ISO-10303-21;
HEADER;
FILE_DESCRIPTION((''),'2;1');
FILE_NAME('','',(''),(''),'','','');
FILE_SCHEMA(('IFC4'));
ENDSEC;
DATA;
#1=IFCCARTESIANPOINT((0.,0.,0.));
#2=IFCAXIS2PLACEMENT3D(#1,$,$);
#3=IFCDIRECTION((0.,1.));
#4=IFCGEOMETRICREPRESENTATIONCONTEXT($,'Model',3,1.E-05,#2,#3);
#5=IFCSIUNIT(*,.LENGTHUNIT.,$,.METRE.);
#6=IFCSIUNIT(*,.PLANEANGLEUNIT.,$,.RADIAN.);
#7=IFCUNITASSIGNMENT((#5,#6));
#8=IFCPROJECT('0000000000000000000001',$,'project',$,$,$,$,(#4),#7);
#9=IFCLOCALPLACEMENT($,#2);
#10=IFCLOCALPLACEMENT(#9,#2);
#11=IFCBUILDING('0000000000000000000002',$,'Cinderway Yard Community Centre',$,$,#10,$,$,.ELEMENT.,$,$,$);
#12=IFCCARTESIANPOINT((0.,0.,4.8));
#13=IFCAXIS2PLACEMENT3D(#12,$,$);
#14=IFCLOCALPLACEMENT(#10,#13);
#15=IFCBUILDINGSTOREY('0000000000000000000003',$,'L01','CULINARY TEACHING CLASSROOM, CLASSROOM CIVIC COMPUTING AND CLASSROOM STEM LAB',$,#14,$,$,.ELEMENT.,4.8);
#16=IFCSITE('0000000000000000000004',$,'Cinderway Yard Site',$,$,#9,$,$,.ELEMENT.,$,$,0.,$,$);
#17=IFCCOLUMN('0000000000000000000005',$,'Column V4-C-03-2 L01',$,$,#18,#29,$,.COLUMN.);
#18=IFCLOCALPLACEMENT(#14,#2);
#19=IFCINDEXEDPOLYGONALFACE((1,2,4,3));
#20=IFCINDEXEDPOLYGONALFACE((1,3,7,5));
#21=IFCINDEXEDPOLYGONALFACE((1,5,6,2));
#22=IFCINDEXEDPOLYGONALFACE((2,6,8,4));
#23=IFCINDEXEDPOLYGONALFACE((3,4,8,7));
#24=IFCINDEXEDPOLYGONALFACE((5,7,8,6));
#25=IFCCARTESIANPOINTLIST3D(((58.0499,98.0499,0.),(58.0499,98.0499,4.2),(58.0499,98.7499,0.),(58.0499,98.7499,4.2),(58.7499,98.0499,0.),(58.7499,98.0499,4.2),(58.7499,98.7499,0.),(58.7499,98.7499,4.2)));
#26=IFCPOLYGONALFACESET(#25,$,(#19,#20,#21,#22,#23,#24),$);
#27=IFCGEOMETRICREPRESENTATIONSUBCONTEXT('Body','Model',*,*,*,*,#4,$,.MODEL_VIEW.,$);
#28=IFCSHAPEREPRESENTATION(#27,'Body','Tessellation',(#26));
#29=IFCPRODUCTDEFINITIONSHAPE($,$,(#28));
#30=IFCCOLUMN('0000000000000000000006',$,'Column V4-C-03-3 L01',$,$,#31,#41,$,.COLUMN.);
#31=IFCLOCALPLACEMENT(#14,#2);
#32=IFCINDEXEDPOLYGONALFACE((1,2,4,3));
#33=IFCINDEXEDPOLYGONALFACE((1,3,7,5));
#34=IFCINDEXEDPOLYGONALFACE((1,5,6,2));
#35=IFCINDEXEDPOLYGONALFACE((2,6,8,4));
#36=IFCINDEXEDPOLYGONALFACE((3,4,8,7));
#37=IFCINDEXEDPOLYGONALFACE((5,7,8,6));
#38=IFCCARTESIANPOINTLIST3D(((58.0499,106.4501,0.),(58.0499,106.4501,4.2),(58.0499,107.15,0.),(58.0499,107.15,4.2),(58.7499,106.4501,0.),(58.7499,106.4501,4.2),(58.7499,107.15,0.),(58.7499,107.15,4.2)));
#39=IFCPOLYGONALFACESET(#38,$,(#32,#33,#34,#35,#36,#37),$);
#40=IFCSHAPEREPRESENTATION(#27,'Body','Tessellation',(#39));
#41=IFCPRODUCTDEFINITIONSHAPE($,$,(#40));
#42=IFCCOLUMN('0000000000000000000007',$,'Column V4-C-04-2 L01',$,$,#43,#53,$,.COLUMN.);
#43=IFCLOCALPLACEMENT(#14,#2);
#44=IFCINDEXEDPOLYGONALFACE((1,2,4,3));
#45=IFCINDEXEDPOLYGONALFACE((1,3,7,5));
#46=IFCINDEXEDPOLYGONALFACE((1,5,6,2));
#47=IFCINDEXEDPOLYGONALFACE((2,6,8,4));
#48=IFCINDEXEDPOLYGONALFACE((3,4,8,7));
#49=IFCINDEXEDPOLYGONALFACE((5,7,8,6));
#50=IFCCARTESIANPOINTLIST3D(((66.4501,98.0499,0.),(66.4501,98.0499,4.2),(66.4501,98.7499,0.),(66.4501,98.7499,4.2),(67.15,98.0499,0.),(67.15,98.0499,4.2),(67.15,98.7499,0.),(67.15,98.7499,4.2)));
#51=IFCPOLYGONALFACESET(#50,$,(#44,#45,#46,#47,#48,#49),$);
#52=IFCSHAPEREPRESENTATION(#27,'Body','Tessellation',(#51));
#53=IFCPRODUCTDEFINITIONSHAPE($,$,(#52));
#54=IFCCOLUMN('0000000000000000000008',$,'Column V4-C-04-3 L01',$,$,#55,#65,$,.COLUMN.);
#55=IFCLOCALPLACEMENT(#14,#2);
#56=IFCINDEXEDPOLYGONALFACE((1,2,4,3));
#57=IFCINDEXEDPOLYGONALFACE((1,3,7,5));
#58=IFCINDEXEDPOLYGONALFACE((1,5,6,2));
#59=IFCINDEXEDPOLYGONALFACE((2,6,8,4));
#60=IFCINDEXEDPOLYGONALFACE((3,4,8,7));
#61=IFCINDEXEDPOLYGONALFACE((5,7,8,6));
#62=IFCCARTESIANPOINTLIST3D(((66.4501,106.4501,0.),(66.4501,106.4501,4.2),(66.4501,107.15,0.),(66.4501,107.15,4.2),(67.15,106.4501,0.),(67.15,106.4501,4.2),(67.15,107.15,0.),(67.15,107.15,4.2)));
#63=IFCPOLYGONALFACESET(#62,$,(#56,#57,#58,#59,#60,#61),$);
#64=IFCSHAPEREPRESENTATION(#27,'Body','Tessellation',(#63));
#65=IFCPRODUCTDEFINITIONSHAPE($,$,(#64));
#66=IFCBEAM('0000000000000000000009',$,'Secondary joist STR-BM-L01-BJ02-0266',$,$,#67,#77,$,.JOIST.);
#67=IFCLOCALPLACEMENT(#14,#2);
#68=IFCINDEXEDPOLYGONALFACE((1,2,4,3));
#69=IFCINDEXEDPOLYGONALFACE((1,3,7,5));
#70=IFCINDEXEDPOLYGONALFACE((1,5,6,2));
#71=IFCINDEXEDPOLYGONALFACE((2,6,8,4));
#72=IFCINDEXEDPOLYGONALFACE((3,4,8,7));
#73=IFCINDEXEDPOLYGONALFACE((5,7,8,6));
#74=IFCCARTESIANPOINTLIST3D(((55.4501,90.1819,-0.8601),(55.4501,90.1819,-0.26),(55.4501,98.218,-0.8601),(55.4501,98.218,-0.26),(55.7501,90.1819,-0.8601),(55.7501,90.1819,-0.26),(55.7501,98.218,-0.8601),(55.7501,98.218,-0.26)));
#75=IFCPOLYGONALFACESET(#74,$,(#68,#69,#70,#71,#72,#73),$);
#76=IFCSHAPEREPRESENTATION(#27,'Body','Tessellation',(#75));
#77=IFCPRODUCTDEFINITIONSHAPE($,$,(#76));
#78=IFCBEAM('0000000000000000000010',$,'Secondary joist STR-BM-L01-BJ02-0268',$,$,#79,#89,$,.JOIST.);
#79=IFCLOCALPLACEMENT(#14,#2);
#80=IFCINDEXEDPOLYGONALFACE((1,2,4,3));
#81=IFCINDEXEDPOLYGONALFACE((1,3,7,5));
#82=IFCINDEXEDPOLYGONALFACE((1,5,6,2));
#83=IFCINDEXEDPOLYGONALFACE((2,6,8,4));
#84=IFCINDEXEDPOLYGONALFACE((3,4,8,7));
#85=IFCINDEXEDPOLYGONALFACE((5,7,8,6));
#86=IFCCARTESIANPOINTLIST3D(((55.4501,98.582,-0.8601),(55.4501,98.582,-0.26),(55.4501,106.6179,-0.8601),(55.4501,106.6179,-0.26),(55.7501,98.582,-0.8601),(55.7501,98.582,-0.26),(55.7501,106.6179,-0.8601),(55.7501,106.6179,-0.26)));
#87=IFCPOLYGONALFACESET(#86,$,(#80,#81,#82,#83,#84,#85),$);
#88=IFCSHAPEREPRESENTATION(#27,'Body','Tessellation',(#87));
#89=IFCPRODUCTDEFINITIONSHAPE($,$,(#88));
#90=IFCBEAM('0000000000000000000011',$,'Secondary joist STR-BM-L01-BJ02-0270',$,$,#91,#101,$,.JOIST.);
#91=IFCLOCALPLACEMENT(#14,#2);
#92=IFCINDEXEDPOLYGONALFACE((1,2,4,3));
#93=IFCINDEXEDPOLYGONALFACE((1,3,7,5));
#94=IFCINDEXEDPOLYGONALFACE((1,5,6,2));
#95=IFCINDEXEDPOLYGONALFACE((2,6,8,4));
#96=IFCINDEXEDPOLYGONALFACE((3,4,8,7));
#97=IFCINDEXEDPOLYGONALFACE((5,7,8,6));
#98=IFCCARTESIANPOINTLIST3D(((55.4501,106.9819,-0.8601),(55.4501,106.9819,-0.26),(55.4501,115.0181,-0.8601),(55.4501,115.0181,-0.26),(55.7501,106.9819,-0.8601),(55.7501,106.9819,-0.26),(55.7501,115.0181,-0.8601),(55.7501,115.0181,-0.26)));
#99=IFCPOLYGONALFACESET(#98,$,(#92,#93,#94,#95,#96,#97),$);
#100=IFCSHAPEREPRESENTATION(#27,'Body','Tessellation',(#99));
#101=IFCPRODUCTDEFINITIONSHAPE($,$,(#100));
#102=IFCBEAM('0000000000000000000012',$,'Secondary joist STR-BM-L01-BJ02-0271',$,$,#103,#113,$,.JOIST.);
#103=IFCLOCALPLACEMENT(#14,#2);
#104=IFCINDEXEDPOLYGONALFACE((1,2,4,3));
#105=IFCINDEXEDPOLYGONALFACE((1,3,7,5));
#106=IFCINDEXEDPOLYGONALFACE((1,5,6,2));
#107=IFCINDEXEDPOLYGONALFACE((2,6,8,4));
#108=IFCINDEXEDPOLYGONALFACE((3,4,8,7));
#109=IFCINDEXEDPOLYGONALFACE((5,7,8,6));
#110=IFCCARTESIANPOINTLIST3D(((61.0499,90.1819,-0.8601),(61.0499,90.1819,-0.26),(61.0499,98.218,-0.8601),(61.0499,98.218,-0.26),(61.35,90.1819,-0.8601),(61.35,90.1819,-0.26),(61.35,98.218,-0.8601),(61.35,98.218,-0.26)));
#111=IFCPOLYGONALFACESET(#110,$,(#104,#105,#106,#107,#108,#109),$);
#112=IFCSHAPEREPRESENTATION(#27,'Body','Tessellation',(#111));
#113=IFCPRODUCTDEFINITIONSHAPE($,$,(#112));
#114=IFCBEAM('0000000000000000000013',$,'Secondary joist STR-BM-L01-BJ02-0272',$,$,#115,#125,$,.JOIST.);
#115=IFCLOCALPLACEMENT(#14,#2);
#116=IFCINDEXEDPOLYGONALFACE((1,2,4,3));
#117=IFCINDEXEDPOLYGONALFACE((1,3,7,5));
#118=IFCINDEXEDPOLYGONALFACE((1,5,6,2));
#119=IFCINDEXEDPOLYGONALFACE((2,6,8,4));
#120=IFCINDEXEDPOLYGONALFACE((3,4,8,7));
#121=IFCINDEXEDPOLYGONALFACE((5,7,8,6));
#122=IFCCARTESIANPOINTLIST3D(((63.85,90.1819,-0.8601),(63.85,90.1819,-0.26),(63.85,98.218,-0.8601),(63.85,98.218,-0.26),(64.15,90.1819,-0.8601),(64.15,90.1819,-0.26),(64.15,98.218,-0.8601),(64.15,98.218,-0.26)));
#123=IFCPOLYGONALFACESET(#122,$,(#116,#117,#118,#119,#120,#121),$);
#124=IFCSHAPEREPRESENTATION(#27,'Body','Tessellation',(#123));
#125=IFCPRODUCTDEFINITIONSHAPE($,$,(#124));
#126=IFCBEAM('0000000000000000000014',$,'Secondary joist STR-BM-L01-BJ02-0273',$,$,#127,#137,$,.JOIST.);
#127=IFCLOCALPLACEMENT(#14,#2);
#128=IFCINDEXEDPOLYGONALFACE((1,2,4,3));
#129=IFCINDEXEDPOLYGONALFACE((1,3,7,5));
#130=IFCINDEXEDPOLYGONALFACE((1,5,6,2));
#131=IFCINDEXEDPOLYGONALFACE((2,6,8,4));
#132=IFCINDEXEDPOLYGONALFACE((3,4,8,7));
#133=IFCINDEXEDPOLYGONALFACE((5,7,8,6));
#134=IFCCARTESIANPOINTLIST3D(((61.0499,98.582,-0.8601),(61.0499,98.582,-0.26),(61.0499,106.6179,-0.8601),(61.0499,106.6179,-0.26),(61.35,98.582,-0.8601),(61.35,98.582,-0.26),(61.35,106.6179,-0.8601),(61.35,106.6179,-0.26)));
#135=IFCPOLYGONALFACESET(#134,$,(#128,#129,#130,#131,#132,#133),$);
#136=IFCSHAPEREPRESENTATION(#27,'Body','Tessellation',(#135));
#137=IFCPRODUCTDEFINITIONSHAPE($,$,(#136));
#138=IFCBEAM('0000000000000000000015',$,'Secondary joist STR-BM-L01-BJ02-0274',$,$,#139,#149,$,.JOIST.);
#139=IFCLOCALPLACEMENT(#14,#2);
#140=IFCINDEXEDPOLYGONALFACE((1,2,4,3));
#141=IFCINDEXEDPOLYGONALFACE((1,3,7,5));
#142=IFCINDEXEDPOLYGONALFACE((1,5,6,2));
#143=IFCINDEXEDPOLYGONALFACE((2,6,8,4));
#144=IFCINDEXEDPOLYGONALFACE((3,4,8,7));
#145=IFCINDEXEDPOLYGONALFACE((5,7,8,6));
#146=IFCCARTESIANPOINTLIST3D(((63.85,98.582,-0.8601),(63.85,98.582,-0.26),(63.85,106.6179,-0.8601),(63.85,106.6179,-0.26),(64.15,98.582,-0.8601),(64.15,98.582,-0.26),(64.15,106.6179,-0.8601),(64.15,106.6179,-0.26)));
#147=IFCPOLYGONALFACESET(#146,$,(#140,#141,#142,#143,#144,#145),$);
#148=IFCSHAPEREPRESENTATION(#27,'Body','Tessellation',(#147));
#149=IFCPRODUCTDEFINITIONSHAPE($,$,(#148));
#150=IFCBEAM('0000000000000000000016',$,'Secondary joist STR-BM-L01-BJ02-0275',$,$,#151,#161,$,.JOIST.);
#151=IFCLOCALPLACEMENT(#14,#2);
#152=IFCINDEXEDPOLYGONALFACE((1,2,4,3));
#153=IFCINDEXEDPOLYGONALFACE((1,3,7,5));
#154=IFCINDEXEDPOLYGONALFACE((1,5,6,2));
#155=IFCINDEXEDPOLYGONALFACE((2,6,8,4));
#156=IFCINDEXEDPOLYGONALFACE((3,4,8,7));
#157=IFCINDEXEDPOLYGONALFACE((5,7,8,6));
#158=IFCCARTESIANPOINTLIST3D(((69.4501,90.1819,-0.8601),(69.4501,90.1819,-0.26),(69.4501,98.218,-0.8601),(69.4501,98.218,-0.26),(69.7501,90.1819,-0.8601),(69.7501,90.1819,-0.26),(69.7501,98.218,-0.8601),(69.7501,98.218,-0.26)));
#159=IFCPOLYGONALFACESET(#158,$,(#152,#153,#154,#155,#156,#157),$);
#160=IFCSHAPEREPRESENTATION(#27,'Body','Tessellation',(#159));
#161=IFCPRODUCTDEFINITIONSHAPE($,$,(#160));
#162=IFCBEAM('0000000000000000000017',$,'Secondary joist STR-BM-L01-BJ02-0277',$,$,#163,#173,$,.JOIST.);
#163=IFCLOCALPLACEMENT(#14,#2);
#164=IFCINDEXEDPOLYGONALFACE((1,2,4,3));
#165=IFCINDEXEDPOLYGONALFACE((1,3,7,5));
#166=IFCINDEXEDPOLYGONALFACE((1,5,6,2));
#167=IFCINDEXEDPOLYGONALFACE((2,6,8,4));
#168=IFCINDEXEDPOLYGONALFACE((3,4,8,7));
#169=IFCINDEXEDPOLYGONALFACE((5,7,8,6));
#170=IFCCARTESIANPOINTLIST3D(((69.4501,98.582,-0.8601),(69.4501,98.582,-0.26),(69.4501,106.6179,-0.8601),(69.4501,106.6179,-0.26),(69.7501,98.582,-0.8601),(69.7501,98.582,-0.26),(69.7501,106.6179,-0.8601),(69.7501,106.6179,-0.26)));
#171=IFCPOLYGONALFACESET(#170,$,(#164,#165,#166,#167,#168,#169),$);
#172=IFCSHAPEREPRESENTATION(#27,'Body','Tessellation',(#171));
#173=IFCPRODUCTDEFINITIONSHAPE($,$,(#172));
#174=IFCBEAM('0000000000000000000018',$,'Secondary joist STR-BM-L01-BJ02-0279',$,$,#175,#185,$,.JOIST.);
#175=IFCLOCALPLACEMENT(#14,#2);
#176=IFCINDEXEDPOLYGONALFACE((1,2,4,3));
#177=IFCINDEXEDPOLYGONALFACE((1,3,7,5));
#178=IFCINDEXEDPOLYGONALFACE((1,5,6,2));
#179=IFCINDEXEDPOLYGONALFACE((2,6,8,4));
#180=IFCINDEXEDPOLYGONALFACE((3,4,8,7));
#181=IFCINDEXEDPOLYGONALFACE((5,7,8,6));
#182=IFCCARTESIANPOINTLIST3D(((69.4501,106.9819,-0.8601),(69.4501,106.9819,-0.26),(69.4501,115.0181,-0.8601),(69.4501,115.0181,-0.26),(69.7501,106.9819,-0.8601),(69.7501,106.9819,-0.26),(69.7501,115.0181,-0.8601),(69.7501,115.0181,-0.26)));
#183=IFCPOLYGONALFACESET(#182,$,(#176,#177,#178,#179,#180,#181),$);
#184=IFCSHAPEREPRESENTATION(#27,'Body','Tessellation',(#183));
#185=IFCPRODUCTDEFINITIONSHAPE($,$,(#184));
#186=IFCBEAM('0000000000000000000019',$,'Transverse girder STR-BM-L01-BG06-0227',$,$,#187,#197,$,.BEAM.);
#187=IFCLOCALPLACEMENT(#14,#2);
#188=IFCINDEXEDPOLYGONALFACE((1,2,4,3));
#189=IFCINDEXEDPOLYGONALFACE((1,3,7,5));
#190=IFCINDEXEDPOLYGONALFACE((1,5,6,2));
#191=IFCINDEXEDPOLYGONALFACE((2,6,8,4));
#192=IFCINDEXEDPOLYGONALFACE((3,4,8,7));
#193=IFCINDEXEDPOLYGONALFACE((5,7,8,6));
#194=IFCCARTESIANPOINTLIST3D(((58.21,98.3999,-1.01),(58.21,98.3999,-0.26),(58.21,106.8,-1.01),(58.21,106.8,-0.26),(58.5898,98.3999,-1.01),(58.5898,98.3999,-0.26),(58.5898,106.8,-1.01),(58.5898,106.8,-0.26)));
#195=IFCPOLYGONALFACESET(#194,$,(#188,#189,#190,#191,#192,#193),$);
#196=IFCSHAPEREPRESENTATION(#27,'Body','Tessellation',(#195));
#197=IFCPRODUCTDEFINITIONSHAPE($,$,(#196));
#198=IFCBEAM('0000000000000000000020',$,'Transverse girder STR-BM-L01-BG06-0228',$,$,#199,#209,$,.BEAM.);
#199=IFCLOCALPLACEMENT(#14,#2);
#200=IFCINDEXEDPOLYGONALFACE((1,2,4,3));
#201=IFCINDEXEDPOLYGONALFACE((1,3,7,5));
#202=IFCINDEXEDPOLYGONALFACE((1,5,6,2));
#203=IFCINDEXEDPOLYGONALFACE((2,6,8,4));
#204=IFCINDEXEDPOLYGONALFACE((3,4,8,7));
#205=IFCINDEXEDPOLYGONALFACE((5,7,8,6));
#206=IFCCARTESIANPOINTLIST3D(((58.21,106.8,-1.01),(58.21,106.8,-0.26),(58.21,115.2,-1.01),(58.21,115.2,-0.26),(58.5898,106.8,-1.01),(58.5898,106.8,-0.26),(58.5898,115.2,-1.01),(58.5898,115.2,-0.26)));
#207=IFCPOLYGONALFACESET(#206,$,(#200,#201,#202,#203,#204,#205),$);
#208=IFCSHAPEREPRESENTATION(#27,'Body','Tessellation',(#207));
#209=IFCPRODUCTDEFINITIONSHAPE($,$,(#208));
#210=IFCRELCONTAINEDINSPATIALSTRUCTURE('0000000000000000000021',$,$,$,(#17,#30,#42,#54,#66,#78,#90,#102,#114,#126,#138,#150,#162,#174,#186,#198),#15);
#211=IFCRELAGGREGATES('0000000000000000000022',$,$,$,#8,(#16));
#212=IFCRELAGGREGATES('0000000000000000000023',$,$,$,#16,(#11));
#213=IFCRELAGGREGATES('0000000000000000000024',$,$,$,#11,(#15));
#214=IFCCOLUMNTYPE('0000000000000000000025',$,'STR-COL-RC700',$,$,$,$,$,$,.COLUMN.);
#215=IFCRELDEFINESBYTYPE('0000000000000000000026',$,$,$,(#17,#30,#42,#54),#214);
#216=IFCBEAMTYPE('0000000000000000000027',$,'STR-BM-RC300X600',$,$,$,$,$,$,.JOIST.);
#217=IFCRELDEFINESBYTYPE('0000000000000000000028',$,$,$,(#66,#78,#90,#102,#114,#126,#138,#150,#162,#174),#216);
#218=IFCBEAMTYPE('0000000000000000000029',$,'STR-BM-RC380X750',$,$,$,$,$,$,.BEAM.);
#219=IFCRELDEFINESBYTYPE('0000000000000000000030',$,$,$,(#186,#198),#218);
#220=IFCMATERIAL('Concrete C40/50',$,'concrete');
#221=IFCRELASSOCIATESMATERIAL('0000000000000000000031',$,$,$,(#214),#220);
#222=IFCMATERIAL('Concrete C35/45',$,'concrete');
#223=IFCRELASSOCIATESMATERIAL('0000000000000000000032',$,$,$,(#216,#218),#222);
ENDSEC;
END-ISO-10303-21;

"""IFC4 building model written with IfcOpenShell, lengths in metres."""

from ifc_helpers import new_model, si_unit, direction, frame, origin, origin_2d, place, context, subcontext, project, spatial, rectangle, extrude, material, material_profile, profile_set, type_object, element, save


model = new_model("IFC4")

# Units and contexts
model_context = context("Model", 3, precision=1e-05, world=origin(), true_north=direction((0.0, 1.0)))
body_context = subcontext(model_context, "Body", "Model", "MODEL_VIEW")
ifc_project = project(units=[si_unit("LENGTHUNIT", "METRE"), si_unit("PLANEANGLEUNIT", "RADIAN")], contexts=[model_context])

# Site, building, storey
site_placement = place(None, origin())
site = spatial("IfcSite", under=ifc_project, at=site_placement, Name="Cinderway Yard Site", CompositionType="ELEMENT", RefElevation=0.0)
building_placement = place(site_placement, origin())
building = spatial("IfcBuilding", under=site, at=building_placement, Name="Cinderway Yard Community Centre", CompositionType="ELEMENT")
storey_placement = place(building_placement, frame((0.0, 0.0, 4.8)))
storey = spatial("IfcBuildingStorey", under=building, at=storey_placement, Name="L01", Description="CULINARY TEACHING CLASSROOM, CLASSROOM CIVIC COMPUTING AND CLASSROOM STEM LAB", CompositionType="ELEMENT", Elevation=4.8)

# Columns
ifc_material_1 = material(Name="Concrete C40/50", Category="concrete")
ifc_material_profile_1 = material_profile(ifc_material_1, rectangle(XDim=0.7, YDim=0.7, at=origin_2d()), Name="Concrete C40/50")
ifc_profile_set_1 = profile_set([ifc_material_profile_1], Name="Concrete C40/50")
column_type = type_object("IfcColumnType", Name="STR-COL-RC700", PredefinedType="COLUMN", material=ifc_profile_set_1)
for number, where, z_axis, x_axis, name in (
    (1, (58.3999, 98.3999, 0.0), (0.0, 0.0, 1.0), (1.0, 0.0, 0.0), "Column V4-C-03-2 L01"),
    (2, (58.3999, 106.8, 0.0), (0.0, 0.0, 1.0), (1.0, 0.0, 0.0), "Column V4-C-03-3 L01"),
    (3, (66.8, 98.3999, 0.0), (0.0, 0.0, 1.0), (1.0, 0.0, 0.0), "Column V4-C-04-2 L01"),
    (4, (66.8, 106.8, 0.0), (0.0, 0.0, 1.0), (1.0, 0.0, 0.0), "Column V4-C-04-3 L01"),
):
    element("IfcColumn", number, at=place(storey_placement, frame(where, z_axis=z_axis, x_axis=x_axis)), inside=storey, type_object=column_type, Name=name, PredefinedType="COLUMN", context=body_context, shape_type="SweptSolid", body=[
        extrude(rectangle(XDim=0.7, YDim=0.7, at=origin_2d()), origin(), (0.0, 0.0, 1.0), 4.2),
    ])

# Beams
ifc_material_2 = material(Name="Concrete C35/45", Category="concrete")
ifc_material_profile_2 = material_profile(ifc_material_2, rectangle(XDim=0.3, YDim=0.6001, at=origin_2d()), Name="Concrete C35/45")
ifc_profile_set_2 = profile_set([ifc_material_profile_2], Name="Concrete C35/45")
beam_type_1 = type_object("IfcBeamType", Name="STR-BM-RC300X600", PredefinedType="JOIST", material=ifc_profile_set_2)
beam_1_placement = place(storey_placement, frame((55.6001, 90.1819, -0.5601), z_axis=(0.0, 1.0, 0.0), x_axis=(-1.0, 0.0, 0.0)))
element("IfcBeam", 5, at=beam_1_placement, inside=storey, type_object=beam_type_1, Name="Secondary joist STR-BM-L01-BJ02-0266", PredefinedType="JOIST", context=body_context, shape_type="SweptSolid", body=[
    extrude(rectangle(XDim=0.3, YDim=0.6001, at=origin_2d()), origin(), (0.0, 0.0, 1.0), 8.0361),
])
beam_2_placement = place(storey_placement, frame((55.6001, 98.582, -0.5601), z_axis=(0.0, 1.0, 0.0), x_axis=(-1.0, 0.0, 0.0)))
element("IfcBeam", 6, at=beam_2_placement, inside=storey, type_object=beam_type_1, Name="Secondary joist STR-BM-L01-BJ02-0268", PredefinedType="JOIST", context=body_context, shape_type="SweptSolid", body=[
    extrude(rectangle(XDim=0.3, YDim=0.6001, at=origin_2d()), origin(), (0.0, 0.0, 1.0), 8.0359),
])
for number, where, z_axis, x_axis, name in (
    (7, (55.6001, 106.9819, -0.5601), (0.0, 1.0, 0.0), (-1.0, 0.0, 0.0), "Secondary joist STR-BM-L01-BJ02-0270"),
    (8, (61.2, 90.1819, -0.5601), (0.0, 1.0, 0.0), (-1.0, 0.0, 0.0), "Secondary joist STR-BM-L01-BJ02-0271"),
    (9, (64.0, 90.1819, -0.5601), (0.0, 1.0, 0.0), (-1.0, 0.0, 0.0), "Secondary joist STR-BM-L01-BJ02-0272"),
):
    element("IfcBeam", number, at=place(storey_placement, frame(where, z_axis=z_axis, x_axis=x_axis)), inside=storey, type_object=beam_type_1, Name=name, PredefinedType="JOIST", context=body_context, shape_type="SweptSolid", body=[
        extrude(rectangle(XDim=0.3, YDim=0.6001, at=origin_2d()), origin(), (0.0, 0.0, 1.0), 8.0361),
    ])
for number, where, z_axis, x_axis, name in (
    (10, (61.2, 98.582, -0.5601), (0.0, 1.0, 0.0), (-1.0, 0.0, 0.0), "Secondary joist STR-BM-L01-BJ02-0273"),
    (11, (64.0, 98.582, -0.5601), (0.0, 1.0, 0.0), (-1.0, 0.0, 0.0), "Secondary joist STR-BM-L01-BJ02-0274"),
):
    element("IfcBeam", number, at=place(storey_placement, frame(where, z_axis=z_axis, x_axis=x_axis)), inside=storey, type_object=beam_type_1, Name=name, PredefinedType="JOIST", context=body_context, shape_type="SweptSolid", body=[
        extrude(rectangle(XDim=0.3, YDim=0.6001, at=origin_2d()), origin(), (0.0, 0.0, 1.0), 8.0359),
    ])
beam_3_placement = place(storey_placement, frame((69.6001, 90.1819, -0.5601), z_axis=(0.0, 1.0, 0.0), x_axis=(-1.0, 0.0, 0.0)))
element("IfcBeam", 12, at=beam_3_placement, inside=storey, type_object=beam_type_1, Name="Secondary joist STR-BM-L01-BJ02-0275", PredefinedType="JOIST", context=body_context, shape_type="SweptSolid", body=[
    extrude(rectangle(XDim=0.3, YDim=0.6001, at=origin_2d()), origin(), (0.0, 0.0, 1.0), 8.0361),
])
beam_4_placement = place(storey_placement, frame((69.6001, 98.582, -0.5601), z_axis=(0.0, 1.0, 0.0), x_axis=(-1.0, 0.0, 0.0)))
element("IfcBeam", 13, at=beam_4_placement, inside=storey, type_object=beam_type_1, Name="Secondary joist STR-BM-L01-BJ02-0277", PredefinedType="JOIST", context=body_context, shape_type="SweptSolid", body=[
    extrude(rectangle(XDim=0.3, YDim=0.6001, at=origin_2d()), origin(), (0.0, 0.0, 1.0), 8.0359),
])
beam_5_placement = place(storey_placement, frame((69.6001, 106.9819, -0.5601), z_axis=(0.0, 1.0, 0.0), x_axis=(-1.0, 0.0, 0.0)))
element("IfcBeam", 14, at=beam_5_placement, inside=storey, type_object=beam_type_1, Name="Secondary joist STR-BM-L01-BJ02-0279", PredefinedType="JOIST", context=body_context, shape_type="SweptSolid", body=[
    extrude(rectangle(XDim=0.3, YDim=0.6001, at=origin_2d()), origin(), (0.0, 0.0, 1.0), 8.0361),
])
ifc_material_profile_3 = material_profile(ifc_material_2, rectangle(XDim=0.3799, YDim=0.75, at=origin_2d()), Name="Concrete C35/45")
ifc_profile_set_3 = profile_set([ifc_material_profile_3], Name="Concrete C35/45")
beam_type_2 = type_object("IfcBeamType", Name="STR-BM-RC380X750", PredefinedType="BEAM", material=ifc_profile_set_3)
beam_6_placement = place(storey_placement, frame((58.3999, 98.3999, -0.635), z_axis=(0.0, 1.0, 0.0), x_axis=(-1.0, 0.0, 0.0)))
element("IfcBeam", 15, at=beam_6_placement, inside=storey, type_object=beam_type_2, Name="Transverse girder STR-BM-L01-BG06-0227", PredefinedType="BEAM", context=body_context, shape_type="SweptSolid", body=[
    extrude(rectangle(XDim=0.3799, YDim=0.75, at=origin_2d()), origin(), (0.0, 0.0, 1.0), 8.4001),
])
beam_7_placement = place(storey_placement, frame((58.3999, 106.8, -0.635), z_axis=(0.0, 1.0, 0.0), x_axis=(-1.0, 0.0, 0.0)))
element("IfcBeam", 16, at=beam_7_placement, inside=storey, type_object=beam_type_2, Name="Transverse girder STR-BM-L01-BG06-0228", PredefinedType="BEAM", context=body_context, shape_type="SweptSolid", body=[
    extrude(rectangle(XDim=0.3799, YDim=0.75, at=origin_2d()), origin(), (0.0, 0.0, 1.0), 8.3999),
])

save(model, "model.ifc")
